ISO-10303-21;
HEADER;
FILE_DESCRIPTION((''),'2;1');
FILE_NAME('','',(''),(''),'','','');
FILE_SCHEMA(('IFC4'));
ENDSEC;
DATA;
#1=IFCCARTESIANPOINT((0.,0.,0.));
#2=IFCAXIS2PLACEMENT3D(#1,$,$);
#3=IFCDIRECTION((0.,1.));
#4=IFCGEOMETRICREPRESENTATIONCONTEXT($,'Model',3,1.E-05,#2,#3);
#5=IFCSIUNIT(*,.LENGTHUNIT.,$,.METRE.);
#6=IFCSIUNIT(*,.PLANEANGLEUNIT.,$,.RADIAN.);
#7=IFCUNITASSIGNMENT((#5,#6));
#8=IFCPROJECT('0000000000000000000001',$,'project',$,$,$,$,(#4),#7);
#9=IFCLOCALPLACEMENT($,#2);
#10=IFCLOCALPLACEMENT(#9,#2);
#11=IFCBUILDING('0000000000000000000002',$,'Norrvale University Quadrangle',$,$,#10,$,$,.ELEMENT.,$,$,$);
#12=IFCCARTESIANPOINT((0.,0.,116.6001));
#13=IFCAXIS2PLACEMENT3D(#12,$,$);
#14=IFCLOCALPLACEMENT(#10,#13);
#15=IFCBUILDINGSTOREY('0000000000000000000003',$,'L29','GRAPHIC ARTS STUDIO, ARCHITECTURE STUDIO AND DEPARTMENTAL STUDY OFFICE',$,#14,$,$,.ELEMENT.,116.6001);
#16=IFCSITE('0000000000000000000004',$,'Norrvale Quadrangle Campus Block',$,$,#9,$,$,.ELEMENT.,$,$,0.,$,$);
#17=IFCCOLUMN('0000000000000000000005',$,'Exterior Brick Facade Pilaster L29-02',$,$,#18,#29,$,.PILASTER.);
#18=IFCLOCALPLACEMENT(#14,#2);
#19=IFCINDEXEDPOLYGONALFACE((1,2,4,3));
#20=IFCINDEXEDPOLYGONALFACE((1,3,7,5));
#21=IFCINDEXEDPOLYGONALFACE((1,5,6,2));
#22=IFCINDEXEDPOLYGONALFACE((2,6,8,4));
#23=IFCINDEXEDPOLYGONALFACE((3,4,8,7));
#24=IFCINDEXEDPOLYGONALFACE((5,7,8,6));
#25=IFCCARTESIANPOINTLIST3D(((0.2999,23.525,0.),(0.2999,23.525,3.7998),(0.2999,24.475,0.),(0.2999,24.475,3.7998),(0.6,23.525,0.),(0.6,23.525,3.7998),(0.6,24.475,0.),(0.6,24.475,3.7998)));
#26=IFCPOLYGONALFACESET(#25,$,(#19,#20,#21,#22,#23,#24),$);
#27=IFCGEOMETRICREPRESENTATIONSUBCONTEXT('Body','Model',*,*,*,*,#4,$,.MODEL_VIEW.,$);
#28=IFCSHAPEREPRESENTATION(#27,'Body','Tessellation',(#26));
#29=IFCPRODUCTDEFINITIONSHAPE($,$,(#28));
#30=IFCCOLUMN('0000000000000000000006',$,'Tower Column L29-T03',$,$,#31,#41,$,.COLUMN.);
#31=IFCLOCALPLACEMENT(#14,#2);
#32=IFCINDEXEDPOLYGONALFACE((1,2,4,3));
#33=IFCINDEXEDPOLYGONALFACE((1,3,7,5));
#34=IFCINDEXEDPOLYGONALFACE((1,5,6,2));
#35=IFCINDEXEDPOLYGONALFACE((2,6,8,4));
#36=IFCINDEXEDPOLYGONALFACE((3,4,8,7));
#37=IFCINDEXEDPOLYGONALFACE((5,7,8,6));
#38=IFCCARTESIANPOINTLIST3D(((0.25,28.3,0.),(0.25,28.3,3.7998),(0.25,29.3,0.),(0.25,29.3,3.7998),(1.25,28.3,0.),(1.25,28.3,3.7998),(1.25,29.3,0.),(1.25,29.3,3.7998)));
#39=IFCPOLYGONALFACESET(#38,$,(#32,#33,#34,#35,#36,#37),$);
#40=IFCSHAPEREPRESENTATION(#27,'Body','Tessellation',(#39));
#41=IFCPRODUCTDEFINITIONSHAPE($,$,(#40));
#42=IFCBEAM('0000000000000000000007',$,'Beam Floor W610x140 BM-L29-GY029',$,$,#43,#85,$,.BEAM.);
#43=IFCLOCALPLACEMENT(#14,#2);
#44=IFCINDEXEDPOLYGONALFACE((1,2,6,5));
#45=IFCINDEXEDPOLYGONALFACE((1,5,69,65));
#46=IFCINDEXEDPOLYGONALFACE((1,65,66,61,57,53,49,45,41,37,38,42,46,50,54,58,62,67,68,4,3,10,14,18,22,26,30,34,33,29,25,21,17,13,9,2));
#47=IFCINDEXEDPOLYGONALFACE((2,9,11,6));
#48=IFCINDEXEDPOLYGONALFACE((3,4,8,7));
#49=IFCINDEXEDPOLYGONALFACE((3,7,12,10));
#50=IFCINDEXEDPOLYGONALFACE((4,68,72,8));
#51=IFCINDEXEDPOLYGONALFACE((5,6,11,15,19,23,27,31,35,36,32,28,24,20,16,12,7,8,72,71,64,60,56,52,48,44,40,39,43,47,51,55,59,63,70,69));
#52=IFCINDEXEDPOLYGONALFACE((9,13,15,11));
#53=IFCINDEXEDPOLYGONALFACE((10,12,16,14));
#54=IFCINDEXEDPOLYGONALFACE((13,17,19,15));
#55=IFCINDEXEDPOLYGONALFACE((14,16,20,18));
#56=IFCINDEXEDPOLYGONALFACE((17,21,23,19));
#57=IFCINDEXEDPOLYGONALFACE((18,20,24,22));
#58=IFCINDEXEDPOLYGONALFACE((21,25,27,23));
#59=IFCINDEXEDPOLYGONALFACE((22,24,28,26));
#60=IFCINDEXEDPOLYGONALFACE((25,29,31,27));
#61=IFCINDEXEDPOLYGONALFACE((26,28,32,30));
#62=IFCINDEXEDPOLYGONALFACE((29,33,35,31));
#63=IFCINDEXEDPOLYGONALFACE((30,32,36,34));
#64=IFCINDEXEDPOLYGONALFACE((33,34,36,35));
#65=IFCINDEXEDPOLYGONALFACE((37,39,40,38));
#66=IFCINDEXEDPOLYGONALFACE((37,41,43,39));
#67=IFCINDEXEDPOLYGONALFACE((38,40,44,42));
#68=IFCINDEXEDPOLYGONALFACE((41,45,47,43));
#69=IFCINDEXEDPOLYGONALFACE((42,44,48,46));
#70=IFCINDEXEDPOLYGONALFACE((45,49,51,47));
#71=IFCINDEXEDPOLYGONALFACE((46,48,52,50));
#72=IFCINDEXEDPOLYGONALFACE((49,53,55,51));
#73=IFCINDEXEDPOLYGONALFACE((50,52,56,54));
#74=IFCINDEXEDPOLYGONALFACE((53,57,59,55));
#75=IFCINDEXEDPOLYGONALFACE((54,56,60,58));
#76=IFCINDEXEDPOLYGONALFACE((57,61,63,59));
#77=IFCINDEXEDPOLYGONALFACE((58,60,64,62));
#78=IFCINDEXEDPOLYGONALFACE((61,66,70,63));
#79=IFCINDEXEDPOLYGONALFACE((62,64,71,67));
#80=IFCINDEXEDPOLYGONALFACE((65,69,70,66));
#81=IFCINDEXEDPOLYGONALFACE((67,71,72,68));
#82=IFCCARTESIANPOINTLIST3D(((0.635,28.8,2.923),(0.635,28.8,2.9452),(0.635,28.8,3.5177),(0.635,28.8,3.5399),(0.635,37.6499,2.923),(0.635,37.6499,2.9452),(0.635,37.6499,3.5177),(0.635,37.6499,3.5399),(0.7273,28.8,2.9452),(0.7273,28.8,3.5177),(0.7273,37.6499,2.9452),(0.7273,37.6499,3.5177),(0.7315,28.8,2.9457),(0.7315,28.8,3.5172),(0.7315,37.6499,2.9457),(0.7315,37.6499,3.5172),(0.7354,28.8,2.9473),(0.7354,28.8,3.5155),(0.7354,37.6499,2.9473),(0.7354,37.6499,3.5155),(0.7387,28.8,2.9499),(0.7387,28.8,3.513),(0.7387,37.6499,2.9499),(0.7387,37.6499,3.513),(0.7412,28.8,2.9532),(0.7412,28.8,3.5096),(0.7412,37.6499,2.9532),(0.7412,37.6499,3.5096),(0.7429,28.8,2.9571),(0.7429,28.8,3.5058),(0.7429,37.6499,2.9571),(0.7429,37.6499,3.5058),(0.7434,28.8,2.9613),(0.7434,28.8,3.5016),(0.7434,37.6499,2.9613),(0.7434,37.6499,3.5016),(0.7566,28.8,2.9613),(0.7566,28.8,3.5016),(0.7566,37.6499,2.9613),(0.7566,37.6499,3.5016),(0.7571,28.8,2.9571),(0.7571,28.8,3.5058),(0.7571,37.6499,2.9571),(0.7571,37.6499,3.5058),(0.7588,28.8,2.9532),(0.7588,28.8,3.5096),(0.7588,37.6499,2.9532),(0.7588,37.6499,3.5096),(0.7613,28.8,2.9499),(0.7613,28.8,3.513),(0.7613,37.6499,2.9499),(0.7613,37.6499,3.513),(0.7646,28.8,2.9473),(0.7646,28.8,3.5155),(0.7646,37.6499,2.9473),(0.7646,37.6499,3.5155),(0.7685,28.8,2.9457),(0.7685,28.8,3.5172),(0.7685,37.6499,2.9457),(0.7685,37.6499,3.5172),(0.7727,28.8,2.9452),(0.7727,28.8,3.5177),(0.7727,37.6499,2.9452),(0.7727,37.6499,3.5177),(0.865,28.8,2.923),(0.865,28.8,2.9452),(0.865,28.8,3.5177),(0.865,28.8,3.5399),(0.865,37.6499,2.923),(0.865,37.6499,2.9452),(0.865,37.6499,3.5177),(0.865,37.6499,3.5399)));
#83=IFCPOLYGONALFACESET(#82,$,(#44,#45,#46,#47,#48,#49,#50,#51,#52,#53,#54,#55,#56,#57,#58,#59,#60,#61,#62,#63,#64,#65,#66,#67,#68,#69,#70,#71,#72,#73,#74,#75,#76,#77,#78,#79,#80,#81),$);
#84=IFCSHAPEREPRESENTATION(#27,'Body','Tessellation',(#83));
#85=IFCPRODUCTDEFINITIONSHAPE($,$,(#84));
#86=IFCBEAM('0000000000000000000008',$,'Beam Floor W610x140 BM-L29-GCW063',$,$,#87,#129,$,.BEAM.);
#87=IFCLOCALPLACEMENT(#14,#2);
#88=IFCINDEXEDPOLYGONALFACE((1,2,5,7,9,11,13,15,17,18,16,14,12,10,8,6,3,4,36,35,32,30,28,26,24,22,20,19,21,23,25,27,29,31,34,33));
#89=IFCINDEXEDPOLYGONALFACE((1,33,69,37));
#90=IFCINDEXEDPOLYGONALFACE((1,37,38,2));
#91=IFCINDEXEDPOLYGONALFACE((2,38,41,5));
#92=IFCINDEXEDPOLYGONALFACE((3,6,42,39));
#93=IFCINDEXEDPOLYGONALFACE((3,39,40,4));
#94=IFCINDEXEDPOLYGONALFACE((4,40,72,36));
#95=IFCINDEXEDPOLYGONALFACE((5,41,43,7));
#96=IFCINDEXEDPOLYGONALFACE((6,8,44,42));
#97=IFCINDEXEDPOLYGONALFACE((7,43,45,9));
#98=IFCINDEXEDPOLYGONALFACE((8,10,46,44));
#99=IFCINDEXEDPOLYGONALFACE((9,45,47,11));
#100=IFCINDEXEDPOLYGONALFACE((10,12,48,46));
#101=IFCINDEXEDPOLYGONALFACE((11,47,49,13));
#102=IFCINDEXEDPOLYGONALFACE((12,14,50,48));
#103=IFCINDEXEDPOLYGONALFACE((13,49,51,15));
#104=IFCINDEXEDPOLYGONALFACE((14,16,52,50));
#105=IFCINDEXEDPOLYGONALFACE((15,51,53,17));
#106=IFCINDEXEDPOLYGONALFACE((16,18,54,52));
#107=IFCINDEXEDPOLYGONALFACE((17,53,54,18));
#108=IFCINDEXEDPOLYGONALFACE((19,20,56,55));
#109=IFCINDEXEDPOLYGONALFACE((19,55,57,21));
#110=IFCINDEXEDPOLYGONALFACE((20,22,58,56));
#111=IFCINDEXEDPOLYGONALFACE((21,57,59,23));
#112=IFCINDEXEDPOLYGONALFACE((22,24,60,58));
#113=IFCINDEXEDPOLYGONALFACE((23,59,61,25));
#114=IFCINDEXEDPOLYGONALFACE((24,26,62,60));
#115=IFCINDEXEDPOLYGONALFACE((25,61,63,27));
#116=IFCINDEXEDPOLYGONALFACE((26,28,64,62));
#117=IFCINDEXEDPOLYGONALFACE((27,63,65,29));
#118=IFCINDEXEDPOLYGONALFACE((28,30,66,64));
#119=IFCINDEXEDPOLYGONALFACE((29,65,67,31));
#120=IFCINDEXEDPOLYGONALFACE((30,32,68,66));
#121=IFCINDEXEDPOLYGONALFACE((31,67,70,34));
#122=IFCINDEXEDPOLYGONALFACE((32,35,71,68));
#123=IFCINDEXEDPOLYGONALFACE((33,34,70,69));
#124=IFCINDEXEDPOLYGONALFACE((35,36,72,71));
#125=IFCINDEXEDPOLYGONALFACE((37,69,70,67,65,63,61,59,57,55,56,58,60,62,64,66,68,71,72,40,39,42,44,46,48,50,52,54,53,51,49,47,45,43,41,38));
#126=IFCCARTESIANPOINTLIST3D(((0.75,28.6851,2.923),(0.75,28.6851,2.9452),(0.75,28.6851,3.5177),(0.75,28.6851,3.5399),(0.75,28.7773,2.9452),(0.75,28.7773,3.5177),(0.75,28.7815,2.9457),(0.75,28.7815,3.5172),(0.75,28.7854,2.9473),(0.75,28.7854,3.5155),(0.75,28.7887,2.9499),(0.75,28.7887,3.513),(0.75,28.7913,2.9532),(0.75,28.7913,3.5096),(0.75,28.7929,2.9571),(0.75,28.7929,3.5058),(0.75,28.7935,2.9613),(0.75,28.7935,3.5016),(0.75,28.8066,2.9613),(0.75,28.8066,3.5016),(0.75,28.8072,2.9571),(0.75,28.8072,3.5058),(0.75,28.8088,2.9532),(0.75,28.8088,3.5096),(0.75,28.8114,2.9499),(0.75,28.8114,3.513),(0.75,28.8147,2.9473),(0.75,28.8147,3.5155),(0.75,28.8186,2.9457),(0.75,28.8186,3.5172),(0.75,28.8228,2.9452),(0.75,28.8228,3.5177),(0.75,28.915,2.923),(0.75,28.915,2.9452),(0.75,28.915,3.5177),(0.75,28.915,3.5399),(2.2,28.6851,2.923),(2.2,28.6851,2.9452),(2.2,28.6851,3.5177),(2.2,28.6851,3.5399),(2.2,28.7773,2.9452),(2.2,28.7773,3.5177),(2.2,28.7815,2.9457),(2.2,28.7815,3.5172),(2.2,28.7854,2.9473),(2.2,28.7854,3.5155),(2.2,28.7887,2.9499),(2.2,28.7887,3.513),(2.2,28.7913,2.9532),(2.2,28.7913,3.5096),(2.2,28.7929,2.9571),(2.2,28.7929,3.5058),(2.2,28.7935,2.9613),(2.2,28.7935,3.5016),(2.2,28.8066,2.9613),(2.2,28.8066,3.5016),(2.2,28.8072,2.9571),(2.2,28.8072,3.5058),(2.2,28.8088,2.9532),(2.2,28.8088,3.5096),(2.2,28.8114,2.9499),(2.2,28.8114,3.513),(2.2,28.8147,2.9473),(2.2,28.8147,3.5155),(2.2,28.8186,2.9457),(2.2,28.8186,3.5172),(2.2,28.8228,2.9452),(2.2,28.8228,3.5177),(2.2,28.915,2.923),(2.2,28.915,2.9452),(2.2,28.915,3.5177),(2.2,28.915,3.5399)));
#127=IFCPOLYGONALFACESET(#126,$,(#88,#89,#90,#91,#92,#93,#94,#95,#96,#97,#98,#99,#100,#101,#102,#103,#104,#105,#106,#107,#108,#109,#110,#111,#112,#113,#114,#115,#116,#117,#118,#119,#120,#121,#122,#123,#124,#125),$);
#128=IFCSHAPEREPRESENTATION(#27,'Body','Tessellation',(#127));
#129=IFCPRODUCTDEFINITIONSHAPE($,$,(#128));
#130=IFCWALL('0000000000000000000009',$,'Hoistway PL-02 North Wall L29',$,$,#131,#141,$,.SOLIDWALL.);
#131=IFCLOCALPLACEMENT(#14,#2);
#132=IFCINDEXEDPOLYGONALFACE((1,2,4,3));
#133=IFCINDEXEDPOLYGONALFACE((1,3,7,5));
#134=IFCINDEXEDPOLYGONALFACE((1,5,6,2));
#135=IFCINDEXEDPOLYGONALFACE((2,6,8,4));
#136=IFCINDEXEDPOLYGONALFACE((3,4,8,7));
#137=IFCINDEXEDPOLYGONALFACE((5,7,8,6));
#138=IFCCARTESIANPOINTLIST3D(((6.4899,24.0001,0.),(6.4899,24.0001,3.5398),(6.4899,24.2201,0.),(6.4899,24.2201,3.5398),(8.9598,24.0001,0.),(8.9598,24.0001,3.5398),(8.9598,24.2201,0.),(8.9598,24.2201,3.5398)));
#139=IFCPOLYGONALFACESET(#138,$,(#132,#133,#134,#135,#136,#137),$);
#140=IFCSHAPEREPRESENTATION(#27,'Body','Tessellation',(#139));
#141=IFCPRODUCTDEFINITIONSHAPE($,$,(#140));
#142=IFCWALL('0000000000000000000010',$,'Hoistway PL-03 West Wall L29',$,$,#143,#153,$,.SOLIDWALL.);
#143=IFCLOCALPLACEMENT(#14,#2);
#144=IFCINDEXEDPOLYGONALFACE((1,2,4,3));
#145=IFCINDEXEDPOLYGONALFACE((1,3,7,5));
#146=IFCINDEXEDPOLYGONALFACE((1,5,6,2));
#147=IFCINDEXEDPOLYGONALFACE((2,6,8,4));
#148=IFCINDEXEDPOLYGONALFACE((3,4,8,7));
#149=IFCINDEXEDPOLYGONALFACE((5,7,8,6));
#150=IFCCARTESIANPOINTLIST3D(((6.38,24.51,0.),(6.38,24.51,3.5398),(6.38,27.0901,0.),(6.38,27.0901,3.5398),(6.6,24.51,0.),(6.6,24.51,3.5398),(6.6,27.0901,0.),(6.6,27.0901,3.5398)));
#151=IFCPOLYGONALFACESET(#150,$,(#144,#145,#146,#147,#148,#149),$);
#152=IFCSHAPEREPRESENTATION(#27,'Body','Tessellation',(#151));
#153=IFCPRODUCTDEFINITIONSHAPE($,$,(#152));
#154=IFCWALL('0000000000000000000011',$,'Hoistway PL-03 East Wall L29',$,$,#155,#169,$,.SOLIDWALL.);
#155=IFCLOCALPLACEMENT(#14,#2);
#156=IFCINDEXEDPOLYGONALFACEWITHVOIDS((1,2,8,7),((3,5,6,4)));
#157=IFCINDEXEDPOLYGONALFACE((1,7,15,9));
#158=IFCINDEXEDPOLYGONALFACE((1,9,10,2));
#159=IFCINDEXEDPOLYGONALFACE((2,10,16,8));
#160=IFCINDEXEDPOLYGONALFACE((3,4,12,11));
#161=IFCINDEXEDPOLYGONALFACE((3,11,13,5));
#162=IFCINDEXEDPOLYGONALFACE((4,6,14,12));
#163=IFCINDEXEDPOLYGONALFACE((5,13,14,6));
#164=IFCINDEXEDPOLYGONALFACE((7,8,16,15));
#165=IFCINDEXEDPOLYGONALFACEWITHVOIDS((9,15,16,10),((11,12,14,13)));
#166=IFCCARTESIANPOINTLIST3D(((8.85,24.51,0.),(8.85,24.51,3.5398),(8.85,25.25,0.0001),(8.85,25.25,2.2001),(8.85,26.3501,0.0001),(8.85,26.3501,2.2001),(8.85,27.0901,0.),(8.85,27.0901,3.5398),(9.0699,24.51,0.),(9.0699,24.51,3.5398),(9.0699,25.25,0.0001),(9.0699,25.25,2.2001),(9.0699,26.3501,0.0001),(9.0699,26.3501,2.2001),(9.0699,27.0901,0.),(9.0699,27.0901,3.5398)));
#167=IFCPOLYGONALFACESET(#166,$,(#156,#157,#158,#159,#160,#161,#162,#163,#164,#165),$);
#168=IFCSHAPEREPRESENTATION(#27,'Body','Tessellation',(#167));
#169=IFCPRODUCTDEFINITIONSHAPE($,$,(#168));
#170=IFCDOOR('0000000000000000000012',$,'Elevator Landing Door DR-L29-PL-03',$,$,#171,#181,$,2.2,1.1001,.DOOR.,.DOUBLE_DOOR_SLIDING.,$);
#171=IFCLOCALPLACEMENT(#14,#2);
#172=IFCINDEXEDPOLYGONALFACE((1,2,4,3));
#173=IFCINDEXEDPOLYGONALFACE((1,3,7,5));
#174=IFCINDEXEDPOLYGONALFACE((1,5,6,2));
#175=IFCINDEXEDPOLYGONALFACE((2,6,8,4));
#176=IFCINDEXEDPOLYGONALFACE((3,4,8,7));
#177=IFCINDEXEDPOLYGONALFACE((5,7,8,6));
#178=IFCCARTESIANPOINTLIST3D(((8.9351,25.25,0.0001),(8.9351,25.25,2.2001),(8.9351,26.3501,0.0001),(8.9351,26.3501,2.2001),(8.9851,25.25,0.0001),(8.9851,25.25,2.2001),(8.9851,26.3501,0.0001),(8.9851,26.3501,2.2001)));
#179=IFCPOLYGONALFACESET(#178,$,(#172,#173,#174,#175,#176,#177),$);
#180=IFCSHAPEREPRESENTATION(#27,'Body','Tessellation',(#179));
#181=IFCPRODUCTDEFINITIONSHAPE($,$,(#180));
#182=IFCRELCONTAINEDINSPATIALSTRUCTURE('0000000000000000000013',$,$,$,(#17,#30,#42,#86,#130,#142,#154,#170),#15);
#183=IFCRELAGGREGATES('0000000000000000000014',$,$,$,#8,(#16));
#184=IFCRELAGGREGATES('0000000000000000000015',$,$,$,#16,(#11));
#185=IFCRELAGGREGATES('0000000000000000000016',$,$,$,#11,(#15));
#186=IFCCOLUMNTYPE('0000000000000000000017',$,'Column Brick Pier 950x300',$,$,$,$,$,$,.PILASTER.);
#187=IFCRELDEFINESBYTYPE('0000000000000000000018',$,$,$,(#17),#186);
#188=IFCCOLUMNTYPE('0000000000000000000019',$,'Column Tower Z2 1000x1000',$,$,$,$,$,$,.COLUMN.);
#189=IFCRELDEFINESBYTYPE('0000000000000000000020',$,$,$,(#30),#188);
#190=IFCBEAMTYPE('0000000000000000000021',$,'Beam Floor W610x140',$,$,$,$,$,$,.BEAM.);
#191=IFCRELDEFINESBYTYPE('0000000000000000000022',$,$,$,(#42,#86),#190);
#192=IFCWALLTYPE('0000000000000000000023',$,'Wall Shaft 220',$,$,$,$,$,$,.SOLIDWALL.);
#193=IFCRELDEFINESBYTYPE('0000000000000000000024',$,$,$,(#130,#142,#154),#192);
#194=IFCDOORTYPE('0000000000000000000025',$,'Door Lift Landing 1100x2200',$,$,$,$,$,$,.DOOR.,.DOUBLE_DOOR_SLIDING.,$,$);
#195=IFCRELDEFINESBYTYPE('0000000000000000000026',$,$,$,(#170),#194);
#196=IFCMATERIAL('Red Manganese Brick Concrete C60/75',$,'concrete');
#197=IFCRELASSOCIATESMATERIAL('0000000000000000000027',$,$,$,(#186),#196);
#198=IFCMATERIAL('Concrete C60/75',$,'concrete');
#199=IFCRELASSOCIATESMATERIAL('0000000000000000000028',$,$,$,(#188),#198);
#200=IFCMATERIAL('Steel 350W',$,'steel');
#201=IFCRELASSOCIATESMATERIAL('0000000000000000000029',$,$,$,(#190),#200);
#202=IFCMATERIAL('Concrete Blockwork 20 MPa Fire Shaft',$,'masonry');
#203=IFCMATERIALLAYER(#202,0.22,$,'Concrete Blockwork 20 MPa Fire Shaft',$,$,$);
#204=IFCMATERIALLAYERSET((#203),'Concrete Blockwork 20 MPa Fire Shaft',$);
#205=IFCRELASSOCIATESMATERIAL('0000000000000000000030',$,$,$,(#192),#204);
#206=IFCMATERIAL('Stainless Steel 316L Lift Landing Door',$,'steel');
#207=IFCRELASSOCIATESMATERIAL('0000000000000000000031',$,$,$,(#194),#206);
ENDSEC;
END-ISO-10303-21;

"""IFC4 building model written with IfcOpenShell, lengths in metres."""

from ifc_helpers import new_model, si_unit, direction, frame, frame_2d, origin, origin_2d, place, context, subcontext, project, spatial, rectangle, i_section, extrude, material, layer, layer_set, material_profile, profile_set, type_object, element, fill, save


model = new_model("IFC4")

# Units and contexts
model_context = context("Model", 3, precision=1e-05, world=origin(), true_north=direction((0.0, 1.0)))
body_context = subcontext(model_context, "Body", "Model", "MODEL_VIEW")
ifc_project = project(units=[si_unit("LENGTHUNIT", "METRE"), si_unit("PLANEANGLEUNIT", "RADIAN")], contexts=[model_context])

# Site, building, storey
site_placement = place(None, origin())
site = spatial("IfcSite", under=ifc_project, at=site_placement, Name="Norrvale Quadrangle Campus Block", CompositionType="ELEMENT", RefElevation=0.0)
building_placement = place(site_placement, origin())
building = spatial("IfcBuilding", under=site, at=building_placement, Name="Norrvale University Quadrangle", CompositionType="ELEMENT")
storey_placement = place(building_placement, frame((0.0, 0.0, 116.6001)))
storey = spatial("IfcBuildingStorey", under=building, at=storey_placement, Name="L29", Description="GRAPHIC ARTS STUDIO, ARCHITECTURE STUDIO AND DEPARTMENTAL STUDY OFFICE", CompositionType="ELEMENT", Elevation=116.6001)

# Columns
ifc_material_1 = material(Name="Red Manganese Brick Concrete C60/75", Category="concrete")
ifc_material_profile_1 = material_profile(ifc_material_1, rectangle(XDim=0.95, YDim=0.3, at=origin_2d()), Name="Red Manganese Brick Concrete C60/75")
ifc_profile_set_1 = profile_set([ifc_material_profile_1], Name="Red Manganese Brick Concrete C60/75")
column_type_1 = type_object("IfcColumnType", Name="Column Brick Pier 950x300", PredefinedType="PILASTER", material=ifc_profile_set_1)
column_1_placement = place(storey_placement, frame((0.45, 24.0, 0.0), z_axis=(0.0, 0.0, 1.0), x_axis=(0.0, 1.0, 0.0)))
element("IfcColumn", 1, at=column_1_placement, inside=storey, type_object=column_type_1, Name="Exterior Brick Facade Pilaster L29-02", PredefinedType="PILASTER", context=body_context, shape_type="SweptSolid", body=[
    extrude(rectangle(XDim=0.95, YDim=0.3, at=origin_2d()), origin(), (0.0, 0.0, 1.0), 3.7998),
])
ifc_material_2 = material(Name="Concrete C60/75", Category="concrete")
ifc_material_profile_2 = material_profile(ifc_material_2, rectangle(XDim=1.0, YDim=1.0, at=origin_2d()), Name="Concrete C60/75")
ifc_profile_set_2 = profile_set([ifc_material_profile_2], Name="Concrete C60/75")
column_type_2 = type_object("IfcColumnType", Name="Column Tower Z2 1000x1000", PredefinedType="COLUMN", material=ifc_profile_set_2)
column_2_placement = place(storey_placement, frame((0.75, 28.8, 0.0), z_axis=(0.0, 0.0, 1.0), x_axis=(1.0, 0.0, 0.0)))
element("IfcColumn", 2, at=column_2_placement, inside=storey, type_object=column_type_2, Name="Tower Column L29-T03", PredefinedType="COLUMN", context=body_context, shape_type="SweptSolid", body=[
    extrude(rectangle(XDim=1.0, YDim=1.0, at=origin_2d()), origin(), (0.0, 0.0, 1.0), 3.7998),
])

# Beams
ifc_material_3 = material(Name="Steel 350W", Category="steel")
ifc_material_profile_3 = material_profile(ifc_material_3, i_section(OverallWidth=0.23, OverallDepth=0.6169, WebThickness=0.0132, FlangeThickness=0.0222, FilletRadius=0.0161, at=origin_2d()), Name="Steel 350W")
ifc_profile_set_3 = profile_set([ifc_material_profile_3], Name="Steel 350W")
beam_type = type_object("IfcBeamType", Name="Beam Floor W610x140", PredefinedType="BEAM", material=ifc_profile_set_3)
beam_1_placement = place(storey_placement, frame((0.75, 28.8, 3.2314), z_axis=(0.0, 1.0, 0.0), x_axis=(-1.0, 0.0, 0.0)))
element("IfcBeam", 3, at=beam_1_placement, inside=storey, type_object=beam_type, Name="Beam Floor W610x140 BM-L29-GY029", PredefinedType="BEAM", context=body_context, shape_type="SweptSolid", body=[
    extrude(i_section(OverallWidth=0.23, OverallDepth=0.6169, WebThickness=0.0132, FlangeThickness=0.0222, FilletRadius=0.0161, at=origin_2d()), origin(), (0.0, 0.0, 1.0), 8.8499),
])
beam_2_placement = place(storey_placement, frame((0.75, 28.8, 3.2314), z_axis=(1.0, 0.0, 0.0), x_axis=(0.0, 1.0, 0.0)))
element("IfcBeam", 4, at=beam_2_placement, inside=storey, type_object=beam_type, Name="Beam Floor W610x140 BM-L29-GCW063", PredefinedType="BEAM", context=body_context, shape_type="SweptSolid", body=[
    extrude(i_section(OverallWidth=0.23, OverallDepth=0.6169, WebThickness=0.0132, FlangeThickness=0.0222, FilletRadius=0.0161, at=origin_2d()), origin(), (0.0, 0.0, 1.0), 1.45),
])

# Walls
ifc_material_4 = material(Name="Concrete Blockwork 20 MPa Fire Shaft", Category="masonry")
ifc_layer = layer(ifc_material_4, 0.22, Name="Concrete Blockwork 20 MPa Fire Shaft")
ifc_layer_set = layer_set([ifc_layer], Name="Concrete Blockwork 20 MPa Fire Shaft")
wall_type = type_object("IfcWallType", Name="Wall Shaft 220", PredefinedType="SOLIDWALL", material=ifc_layer_set)
wall_1_placement = place(storey_placement, frame((6.49, 24.1101, 0.0), z_axis=(0.0, 0.0, 1.0), x_axis=(1.0, 0.0, 0.0)))
element("IfcWall", 5, at=wall_1_placement, inside=storey, type_object=wall_type, Name="Hoistway PL-02 North Wall L29", PredefinedType="SOLIDWALL", context=body_context, shape_type="SweptSolid", body=[
    extrude(rectangle(XDim=2.47, YDim=0.22, at=frame_2d((1.2349, 0.0))), origin(), (0.0, 0.0, 1.0), 3.5398),
])
wall_2_placement = place(storey_placement, frame((6.49, 24.51, 0.0), z_axis=(0.0, 0.0, 1.0), x_axis=(0.0, 1.0, 0.0)))
element("IfcWall", 6, at=wall_2_placement, inside=storey, type_object=wall_type, Name="Hoistway PL-03 West Wall L29", PredefinedType="SOLIDWALL", context=body_context, shape_type="SweptSolid", body=[
    extrude(rectangle(XDim=2.5801, YDim=0.22, at=frame_2d((1.29, 0.0))), origin(), (0.0, 0.0, 1.0), 3.5398),
])

# Wall, opening, door
wall_3_placement = place(storey_placement, frame((8.96, 24.51, 0.0), z_axis=(0.0, 0.0, 1.0), x_axis=(0.0, 1.0, 0.0)))
wall_3 = element("IfcWall", 7, at=wall_3_placement, inside=storey, type_object=wall_type, Name="Hoistway PL-03 East Wall L29", PredefinedType="SOLIDWALL", context=body_context, shape_type="SweptSolid", body=[
    extrude(rectangle(XDim=2.5801, YDim=0.22, at=frame_2d((1.29, 0.0))), origin(), (0.0, 0.0, 1.0), 3.5398),
])
opening_1_placement = place(wall_3_placement, frame((0.74, 0.0, 0.0)))
opening_1 = element("IfcOpeningElement", 8, at=opening_1_placement, cuts=wall_3, PredefinedType="OPENING", context=body_context, shape_type="SweptSolid", body=[
    extrude(rectangle(XDim=1.1001, YDim=2.2, at=frame_2d((0.55, 1.1001))), frame((0.0, 0.1221, 0.0), z_axis=(0.0, -1.0, 0.0), x_axis=(1.0, 0.0, 0.0)), (0.0, 0.0, 1.0), 0.2439),
])
ifc_material_5 = material(Name="Stainless Steel 316L Lift Landing Door", Category="steel")
door_type = type_object("IfcDoorType", Name="Door Lift Landing 1100x2200", OperationType="DOUBLE_DOOR_SLIDING", PredefinedType="DOOR", material=ifc_material_5)
door_1_placement = place(opening_1_placement, origin())
door_1 = element("IfcDoor", 9, at=door_1_placement, inside=storey, type_object=door_type, Name="Elevator Landing Door DR-L29-PL-03", OperationType="DOUBLE_DOOR_SLIDING", OverallHeight=2.2, OverallWidth=1.1001, PredefinedType="DOOR", context=body_context, shape_type="SweptSolid", body=[
    extrude(rectangle(XDim=1.1001, YDim=2.2, at=frame_2d((0.55, 1.1001))), frame((0.0, 0.0249, 0.0), z_axis=(0.0, -1.0, 0.0), x_axis=(1.0, 0.0, 0.0)), (0.0, 0.0, 1.0), 0.05),
])
fill(opening_1, door_1)

save(model, "model.ifc")
